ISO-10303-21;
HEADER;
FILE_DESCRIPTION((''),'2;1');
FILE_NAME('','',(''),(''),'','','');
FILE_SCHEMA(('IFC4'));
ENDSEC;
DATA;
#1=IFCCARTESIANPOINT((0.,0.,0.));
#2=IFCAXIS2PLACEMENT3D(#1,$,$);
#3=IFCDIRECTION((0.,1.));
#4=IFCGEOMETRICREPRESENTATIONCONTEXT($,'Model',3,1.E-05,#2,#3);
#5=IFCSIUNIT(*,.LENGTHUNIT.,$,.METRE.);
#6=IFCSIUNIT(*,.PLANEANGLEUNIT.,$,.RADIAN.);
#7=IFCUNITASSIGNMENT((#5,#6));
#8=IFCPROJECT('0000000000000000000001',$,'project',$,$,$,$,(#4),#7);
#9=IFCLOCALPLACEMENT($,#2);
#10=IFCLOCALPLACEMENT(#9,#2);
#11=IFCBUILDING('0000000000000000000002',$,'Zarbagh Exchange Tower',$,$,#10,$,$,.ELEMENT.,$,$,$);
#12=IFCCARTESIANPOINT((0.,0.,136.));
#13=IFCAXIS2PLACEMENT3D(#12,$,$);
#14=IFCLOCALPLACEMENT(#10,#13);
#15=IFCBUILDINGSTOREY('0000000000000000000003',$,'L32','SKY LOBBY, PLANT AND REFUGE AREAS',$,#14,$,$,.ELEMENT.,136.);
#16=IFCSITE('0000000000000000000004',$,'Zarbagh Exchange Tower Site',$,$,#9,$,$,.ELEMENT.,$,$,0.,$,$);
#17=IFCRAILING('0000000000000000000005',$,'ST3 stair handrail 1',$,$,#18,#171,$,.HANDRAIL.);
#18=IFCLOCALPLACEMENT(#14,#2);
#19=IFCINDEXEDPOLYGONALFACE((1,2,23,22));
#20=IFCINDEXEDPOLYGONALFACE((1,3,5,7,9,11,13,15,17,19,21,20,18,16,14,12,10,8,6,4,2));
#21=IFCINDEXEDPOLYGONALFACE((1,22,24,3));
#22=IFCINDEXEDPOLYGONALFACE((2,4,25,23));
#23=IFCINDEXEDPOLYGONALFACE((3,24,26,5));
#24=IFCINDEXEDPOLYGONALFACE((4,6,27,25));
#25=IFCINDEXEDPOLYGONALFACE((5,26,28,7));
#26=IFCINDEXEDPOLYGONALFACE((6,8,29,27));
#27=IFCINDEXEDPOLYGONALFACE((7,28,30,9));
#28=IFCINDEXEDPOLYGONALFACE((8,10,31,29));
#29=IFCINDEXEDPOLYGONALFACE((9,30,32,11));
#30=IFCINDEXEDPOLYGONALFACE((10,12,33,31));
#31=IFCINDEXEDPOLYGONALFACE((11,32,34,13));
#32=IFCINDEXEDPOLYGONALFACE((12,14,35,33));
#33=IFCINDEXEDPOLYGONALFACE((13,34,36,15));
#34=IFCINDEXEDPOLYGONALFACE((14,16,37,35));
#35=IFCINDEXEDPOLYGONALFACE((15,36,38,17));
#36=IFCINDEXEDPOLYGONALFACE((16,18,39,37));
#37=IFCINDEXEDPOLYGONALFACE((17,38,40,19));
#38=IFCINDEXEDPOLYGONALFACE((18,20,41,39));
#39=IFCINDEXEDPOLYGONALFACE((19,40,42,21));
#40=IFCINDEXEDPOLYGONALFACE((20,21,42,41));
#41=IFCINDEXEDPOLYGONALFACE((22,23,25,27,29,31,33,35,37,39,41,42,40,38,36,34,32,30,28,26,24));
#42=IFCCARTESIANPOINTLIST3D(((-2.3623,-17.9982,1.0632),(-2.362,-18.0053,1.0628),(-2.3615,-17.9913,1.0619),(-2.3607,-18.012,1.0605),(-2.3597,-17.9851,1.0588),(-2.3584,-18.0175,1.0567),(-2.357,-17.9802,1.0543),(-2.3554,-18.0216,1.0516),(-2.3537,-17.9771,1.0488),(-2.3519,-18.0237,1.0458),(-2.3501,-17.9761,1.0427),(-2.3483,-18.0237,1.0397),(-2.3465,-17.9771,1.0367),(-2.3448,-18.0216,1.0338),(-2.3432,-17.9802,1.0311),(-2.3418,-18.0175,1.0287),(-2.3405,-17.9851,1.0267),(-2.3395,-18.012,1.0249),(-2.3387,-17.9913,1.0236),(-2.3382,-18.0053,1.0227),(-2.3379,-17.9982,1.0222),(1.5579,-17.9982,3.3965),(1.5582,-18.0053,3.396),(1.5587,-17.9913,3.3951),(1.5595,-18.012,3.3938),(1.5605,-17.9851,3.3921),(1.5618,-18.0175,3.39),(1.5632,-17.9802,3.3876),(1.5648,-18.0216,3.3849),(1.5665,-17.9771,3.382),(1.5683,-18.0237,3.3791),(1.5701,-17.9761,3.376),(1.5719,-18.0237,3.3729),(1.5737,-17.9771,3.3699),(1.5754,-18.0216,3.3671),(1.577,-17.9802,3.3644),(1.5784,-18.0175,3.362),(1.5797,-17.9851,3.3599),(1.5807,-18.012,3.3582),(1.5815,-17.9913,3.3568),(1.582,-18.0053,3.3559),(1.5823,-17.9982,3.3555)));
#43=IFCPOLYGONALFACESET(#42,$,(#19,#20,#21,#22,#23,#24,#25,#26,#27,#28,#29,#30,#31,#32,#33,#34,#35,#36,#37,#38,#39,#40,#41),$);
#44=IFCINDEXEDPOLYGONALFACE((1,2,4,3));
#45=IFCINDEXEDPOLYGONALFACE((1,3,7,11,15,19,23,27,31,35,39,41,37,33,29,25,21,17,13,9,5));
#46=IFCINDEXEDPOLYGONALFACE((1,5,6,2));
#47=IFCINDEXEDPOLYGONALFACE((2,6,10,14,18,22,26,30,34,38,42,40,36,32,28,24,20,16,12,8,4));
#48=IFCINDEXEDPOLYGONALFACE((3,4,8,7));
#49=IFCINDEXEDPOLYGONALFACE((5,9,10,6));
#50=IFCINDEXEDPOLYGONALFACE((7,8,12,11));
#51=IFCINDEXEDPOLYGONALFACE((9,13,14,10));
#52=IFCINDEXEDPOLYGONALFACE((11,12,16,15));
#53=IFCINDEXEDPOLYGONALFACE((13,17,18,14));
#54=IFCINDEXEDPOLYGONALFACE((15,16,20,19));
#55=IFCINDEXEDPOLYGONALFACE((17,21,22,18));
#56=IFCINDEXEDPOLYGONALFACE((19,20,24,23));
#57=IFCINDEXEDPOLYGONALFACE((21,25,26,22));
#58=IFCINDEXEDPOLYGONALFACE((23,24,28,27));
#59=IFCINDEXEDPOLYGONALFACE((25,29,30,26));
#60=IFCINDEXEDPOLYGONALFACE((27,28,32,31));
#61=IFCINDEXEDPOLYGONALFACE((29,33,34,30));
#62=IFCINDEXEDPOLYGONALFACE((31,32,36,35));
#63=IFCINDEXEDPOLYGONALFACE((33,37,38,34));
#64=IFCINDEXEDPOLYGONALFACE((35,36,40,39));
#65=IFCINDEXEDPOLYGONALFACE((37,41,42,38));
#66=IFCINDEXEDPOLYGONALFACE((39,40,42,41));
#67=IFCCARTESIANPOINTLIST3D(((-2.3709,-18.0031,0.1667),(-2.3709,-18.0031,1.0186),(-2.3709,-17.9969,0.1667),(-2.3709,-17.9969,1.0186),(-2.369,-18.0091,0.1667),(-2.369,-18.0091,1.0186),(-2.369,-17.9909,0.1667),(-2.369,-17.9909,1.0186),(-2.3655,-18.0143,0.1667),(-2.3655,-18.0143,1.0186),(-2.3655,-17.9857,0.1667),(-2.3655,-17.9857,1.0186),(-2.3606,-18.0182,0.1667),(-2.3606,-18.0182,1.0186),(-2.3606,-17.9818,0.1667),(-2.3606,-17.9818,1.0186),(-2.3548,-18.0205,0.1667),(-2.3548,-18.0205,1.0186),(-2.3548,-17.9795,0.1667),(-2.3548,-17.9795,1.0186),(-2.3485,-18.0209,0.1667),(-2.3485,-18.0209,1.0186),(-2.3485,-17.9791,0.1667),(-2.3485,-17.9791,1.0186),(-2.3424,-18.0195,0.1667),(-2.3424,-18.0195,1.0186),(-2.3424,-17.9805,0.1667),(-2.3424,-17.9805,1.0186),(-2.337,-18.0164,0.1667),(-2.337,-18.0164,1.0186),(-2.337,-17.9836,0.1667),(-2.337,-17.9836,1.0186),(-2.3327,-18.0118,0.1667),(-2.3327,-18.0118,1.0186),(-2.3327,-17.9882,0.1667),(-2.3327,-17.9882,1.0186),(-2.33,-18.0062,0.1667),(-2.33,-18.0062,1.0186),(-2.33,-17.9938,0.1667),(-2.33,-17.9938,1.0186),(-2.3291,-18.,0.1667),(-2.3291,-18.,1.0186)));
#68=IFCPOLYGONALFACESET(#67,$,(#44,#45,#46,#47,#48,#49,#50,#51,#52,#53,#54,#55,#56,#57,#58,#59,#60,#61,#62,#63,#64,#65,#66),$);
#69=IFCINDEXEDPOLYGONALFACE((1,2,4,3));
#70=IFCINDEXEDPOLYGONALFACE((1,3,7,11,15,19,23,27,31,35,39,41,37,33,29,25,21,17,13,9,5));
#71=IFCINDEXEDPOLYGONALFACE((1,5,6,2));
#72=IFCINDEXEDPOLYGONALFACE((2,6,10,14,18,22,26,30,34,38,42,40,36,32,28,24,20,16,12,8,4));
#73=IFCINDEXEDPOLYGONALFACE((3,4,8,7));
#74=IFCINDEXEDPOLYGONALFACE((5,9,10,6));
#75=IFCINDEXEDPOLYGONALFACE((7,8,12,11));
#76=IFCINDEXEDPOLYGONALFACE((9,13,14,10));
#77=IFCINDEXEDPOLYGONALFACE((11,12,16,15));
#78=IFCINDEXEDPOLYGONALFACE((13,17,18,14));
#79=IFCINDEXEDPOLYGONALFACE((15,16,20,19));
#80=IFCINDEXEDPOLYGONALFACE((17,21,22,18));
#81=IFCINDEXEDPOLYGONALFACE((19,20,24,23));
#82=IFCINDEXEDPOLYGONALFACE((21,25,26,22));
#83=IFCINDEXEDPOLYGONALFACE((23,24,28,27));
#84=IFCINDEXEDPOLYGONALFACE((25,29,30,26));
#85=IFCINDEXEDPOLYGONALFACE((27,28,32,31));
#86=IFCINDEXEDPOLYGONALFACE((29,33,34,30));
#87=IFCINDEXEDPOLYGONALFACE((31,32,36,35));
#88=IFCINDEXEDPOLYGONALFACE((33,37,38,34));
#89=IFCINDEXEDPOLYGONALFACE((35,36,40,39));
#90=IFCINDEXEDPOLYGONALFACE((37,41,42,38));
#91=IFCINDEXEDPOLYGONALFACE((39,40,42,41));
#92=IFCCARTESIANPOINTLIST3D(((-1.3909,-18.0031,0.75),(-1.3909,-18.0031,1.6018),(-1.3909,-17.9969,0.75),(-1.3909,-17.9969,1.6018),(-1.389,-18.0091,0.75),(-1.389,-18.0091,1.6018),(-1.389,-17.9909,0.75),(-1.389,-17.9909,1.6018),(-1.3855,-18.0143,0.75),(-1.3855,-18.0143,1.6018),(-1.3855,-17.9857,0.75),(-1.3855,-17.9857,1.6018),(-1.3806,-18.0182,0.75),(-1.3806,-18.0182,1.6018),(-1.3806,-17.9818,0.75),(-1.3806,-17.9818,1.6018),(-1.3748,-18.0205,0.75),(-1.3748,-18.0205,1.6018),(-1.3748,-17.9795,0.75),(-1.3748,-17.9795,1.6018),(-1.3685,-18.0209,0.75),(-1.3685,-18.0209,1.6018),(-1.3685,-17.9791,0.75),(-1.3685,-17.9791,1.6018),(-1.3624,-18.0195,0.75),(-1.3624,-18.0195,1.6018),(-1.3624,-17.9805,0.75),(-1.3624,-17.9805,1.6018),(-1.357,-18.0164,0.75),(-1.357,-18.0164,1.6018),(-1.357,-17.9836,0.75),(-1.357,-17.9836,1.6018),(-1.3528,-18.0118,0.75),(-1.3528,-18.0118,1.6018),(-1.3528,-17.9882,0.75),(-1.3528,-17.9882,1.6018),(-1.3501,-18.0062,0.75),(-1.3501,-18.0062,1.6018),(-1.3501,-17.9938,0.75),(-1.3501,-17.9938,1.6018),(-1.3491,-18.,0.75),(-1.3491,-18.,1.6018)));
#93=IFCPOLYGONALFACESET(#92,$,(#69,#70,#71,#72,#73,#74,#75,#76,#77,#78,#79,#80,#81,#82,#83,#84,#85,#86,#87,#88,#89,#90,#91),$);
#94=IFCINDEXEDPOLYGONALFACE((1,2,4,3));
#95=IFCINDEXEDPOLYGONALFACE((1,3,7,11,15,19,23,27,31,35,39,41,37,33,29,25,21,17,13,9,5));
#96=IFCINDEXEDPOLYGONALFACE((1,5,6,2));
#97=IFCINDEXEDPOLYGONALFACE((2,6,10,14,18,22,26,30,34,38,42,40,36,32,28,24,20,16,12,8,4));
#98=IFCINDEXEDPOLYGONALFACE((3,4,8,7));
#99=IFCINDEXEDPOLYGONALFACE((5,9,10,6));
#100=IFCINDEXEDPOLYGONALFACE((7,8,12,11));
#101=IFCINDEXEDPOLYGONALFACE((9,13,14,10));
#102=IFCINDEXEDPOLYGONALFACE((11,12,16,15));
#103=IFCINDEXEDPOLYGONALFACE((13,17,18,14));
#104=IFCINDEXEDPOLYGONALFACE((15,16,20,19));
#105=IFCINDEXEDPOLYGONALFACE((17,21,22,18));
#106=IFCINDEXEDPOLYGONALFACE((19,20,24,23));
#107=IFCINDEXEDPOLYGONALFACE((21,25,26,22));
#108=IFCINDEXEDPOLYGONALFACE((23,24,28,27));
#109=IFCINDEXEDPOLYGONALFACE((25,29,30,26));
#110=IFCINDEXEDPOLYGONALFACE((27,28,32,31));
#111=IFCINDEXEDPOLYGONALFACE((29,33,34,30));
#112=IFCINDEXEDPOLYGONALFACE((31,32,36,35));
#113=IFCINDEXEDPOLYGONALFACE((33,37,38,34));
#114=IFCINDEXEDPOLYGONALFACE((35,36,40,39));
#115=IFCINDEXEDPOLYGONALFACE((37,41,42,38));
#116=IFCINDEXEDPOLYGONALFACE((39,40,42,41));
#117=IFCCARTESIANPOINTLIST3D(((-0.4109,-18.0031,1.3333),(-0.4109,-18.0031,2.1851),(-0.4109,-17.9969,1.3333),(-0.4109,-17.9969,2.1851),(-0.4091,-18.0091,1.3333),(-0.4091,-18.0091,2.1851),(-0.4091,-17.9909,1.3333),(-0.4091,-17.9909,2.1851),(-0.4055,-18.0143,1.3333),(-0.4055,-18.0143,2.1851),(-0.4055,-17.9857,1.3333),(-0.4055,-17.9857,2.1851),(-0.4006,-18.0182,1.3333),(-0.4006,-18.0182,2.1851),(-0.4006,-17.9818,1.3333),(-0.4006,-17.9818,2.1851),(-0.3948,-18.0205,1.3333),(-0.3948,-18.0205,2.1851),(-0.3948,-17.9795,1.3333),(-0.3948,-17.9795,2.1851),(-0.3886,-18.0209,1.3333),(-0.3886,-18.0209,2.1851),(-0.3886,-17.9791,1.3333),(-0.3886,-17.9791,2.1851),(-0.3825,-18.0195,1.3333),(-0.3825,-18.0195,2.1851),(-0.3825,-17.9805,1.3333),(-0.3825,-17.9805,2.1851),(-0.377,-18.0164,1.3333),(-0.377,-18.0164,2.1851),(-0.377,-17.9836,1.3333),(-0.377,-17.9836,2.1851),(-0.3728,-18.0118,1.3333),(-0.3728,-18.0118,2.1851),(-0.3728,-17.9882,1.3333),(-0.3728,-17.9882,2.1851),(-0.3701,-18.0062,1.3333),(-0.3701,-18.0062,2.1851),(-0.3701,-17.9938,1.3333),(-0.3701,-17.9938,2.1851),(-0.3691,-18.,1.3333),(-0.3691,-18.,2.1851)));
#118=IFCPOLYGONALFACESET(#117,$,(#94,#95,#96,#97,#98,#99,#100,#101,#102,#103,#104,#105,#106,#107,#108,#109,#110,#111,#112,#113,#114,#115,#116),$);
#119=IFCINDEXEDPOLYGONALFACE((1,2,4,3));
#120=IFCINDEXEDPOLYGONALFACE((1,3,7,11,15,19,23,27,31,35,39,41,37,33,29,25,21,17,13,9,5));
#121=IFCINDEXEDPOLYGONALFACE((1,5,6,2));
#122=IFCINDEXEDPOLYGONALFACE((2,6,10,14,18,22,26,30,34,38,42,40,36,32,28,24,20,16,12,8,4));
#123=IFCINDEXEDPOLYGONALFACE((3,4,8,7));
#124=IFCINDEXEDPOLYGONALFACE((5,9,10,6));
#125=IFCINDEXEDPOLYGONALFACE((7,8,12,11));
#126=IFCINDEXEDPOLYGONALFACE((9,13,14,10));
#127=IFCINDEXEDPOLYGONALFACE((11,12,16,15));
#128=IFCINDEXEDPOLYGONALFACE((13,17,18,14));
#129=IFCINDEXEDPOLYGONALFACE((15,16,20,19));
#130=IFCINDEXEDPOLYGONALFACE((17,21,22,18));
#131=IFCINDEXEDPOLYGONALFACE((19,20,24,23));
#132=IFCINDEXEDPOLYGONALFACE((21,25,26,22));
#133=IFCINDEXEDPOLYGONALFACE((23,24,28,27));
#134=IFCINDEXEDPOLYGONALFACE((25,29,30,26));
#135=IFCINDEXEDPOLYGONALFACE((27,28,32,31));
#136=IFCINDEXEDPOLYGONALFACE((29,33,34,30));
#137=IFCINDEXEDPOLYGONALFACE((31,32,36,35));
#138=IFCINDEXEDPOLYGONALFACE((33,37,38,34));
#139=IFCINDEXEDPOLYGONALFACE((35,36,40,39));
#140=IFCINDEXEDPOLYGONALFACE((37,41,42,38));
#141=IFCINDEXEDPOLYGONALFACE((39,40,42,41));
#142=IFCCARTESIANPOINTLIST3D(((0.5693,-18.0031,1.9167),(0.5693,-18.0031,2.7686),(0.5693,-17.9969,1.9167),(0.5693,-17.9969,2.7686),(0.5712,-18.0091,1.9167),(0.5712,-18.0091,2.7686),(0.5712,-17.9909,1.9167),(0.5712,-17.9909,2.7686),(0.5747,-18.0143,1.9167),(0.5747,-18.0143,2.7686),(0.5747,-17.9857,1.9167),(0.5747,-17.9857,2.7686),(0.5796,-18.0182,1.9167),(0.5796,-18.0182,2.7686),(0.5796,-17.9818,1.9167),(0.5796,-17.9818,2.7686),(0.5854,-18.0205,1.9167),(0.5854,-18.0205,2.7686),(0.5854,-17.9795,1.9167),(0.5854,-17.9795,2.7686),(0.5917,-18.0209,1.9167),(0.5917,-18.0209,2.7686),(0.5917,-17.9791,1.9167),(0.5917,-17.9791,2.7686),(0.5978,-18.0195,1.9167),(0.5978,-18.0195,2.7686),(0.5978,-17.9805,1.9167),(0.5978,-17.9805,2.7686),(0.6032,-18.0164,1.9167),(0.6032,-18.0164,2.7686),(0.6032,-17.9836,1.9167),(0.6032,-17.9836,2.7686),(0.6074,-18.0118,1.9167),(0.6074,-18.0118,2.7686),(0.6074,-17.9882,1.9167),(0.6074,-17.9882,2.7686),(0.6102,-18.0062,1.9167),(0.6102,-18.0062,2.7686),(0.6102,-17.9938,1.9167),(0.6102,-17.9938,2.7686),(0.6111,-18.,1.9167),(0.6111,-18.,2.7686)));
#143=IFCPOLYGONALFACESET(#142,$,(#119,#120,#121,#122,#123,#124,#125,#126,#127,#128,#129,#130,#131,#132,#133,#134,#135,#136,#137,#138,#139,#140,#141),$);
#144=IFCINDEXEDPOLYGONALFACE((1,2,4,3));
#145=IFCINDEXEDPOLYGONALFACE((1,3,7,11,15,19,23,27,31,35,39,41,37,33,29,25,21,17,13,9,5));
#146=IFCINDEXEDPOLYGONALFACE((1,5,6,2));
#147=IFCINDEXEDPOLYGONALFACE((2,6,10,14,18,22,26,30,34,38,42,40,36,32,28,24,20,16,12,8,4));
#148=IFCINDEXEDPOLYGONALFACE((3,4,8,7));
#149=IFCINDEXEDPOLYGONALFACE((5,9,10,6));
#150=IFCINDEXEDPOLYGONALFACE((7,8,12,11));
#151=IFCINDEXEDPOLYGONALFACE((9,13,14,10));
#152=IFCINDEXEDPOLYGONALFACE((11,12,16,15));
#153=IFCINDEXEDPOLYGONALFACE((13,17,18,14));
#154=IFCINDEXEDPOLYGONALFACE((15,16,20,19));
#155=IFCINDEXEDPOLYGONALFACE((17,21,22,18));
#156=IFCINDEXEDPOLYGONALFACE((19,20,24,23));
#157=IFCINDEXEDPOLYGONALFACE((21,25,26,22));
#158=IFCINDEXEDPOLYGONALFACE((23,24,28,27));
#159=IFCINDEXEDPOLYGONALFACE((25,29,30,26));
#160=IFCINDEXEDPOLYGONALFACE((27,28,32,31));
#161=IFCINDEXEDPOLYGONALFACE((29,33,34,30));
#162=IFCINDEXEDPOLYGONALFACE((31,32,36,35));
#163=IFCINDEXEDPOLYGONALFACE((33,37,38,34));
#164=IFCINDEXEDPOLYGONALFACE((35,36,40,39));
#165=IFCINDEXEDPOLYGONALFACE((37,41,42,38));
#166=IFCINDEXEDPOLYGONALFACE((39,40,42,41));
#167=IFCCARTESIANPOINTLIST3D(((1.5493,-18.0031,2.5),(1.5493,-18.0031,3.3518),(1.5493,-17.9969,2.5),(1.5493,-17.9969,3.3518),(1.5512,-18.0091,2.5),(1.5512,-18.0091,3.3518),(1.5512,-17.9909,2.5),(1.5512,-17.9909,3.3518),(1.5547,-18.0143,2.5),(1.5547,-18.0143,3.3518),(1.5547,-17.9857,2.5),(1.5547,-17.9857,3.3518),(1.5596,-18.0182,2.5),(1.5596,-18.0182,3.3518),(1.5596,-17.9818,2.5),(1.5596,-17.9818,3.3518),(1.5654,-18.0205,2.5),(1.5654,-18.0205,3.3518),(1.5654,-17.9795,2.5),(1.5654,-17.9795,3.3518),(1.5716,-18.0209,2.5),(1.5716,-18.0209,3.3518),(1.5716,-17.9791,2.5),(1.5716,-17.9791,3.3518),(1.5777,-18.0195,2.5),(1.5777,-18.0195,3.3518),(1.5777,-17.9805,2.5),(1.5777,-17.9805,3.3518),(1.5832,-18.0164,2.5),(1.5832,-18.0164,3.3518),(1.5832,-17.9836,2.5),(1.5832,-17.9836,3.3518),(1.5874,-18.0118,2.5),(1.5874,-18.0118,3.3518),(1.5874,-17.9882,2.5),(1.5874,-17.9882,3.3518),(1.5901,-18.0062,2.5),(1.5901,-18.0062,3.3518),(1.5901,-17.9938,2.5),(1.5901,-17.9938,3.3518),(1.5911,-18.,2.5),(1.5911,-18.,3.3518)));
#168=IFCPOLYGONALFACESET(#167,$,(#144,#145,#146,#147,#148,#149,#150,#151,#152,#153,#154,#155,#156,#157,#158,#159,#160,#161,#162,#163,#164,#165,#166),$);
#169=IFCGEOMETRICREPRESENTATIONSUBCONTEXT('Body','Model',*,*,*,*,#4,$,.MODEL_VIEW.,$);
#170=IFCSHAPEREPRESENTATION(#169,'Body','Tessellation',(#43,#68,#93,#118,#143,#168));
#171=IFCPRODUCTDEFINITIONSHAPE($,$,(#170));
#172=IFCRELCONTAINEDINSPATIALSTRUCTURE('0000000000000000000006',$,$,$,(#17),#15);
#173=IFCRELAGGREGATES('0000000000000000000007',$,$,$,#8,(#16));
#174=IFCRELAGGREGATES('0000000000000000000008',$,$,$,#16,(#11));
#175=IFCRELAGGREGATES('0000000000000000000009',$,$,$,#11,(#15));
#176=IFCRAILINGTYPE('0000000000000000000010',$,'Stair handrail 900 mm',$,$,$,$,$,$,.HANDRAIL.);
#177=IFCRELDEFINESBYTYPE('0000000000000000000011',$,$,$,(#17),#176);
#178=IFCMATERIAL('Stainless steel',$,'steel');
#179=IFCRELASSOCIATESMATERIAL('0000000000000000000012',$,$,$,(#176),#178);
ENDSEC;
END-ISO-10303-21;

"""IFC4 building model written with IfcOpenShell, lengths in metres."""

from ifc_helpers import new_model, si_unit, direction, frame, origin, origin_2d, place, context, subcontext, project, spatial, circle, extrude, material, type_object, element, save


model = new_model("IFC4")

# Units and contexts
model_context = context("Model", 3, precision=1e-05, world=origin(), true_north=direction((0.0, 1.0)))
body_context = subcontext(model_context, "Body", "Model", "MODEL_VIEW")
ifc_project = project(units=[si_unit("LENGTHUNIT", "METRE"), si_unit("PLANEANGLEUNIT", "RADIAN")], contexts=[model_context])

# Site, building, storey
site_placement = place(None, origin())
site = spatial("IfcSite", under=ifc_project, at=site_placement, Name="Zarbagh Exchange Tower Site", CompositionType="ELEMENT", RefElevation=0.0)
building_placement = place(site_placement, origin())
building = spatial("IfcBuilding", under=site, at=building_placement, Name="Zarbagh Exchange Tower", CompositionType="ELEMENT")
storey_placement = place(building_placement, frame((0.0, 0.0, 136.0)))
storey = spatial("IfcBuildingStorey", under=building, at=storey_placement, Name="L32", Description="SKY LOBBY, PLANT AND REFUGE AREAS", CompositionType="ELEMENT", Elevation=136.0)

# Railing
ifc_material_1 = material(Name="Stainless steel", Category="steel")
railing_type = type_object("IfcRailingType", Name="Stair handrail 900 mm", PredefinedType="HANDRAIL", material=ifc_material_1)
for number, where, name in (
    (1, (-2.3501, -18.0, 0.1667), "ST3 stair handrail 1"),
):
    element("IfcRailing", number, at=place(storey_placement, frame(where)), inside=storey, type_object=railing_type, Name=name, PredefinedType="HANDRAIL", context=body_context, shape_type="SweptSolid", body=[
        extrude(circle(Radius=0.0239, at=origin_2d()), frame((0.0, 0.0, 0.876), z_axis=(0.85931, 0.0, 0.511455), x_axis=(0.0, 1.0, 0.0)), (0.0, 0.0, 1.0), 4.562),
        extrude(circle(Radius=0.021, at=origin_2d()), origin(), (0.0, 0.0, 1.0), 0.8518),
        extrude(circle(Radius=0.021, at=origin_2d()), frame((0.98, 0.0, 0.5833)), (0.0, 0.0, 1.0), 0.8518),
        extrude(circle(Radius=0.021, at=origin_2d()), frame((1.96, 0.0, 1.1665)), (0.0, 0.0, 1.0), 0.8518),
        extrude(circle(Radius=0.021, at=origin_2d()), frame((2.9402, 0.0, 1.75)), (0.0, 0.0, 1.0), 0.8518),
        extrude(circle(Radius=0.021, at=origin_2d()), frame((3.9202, 0.0, 2.3333)), (0.0, 0.0, 1.0), 0.8518),
    ])

save(model, "model.ifc")
